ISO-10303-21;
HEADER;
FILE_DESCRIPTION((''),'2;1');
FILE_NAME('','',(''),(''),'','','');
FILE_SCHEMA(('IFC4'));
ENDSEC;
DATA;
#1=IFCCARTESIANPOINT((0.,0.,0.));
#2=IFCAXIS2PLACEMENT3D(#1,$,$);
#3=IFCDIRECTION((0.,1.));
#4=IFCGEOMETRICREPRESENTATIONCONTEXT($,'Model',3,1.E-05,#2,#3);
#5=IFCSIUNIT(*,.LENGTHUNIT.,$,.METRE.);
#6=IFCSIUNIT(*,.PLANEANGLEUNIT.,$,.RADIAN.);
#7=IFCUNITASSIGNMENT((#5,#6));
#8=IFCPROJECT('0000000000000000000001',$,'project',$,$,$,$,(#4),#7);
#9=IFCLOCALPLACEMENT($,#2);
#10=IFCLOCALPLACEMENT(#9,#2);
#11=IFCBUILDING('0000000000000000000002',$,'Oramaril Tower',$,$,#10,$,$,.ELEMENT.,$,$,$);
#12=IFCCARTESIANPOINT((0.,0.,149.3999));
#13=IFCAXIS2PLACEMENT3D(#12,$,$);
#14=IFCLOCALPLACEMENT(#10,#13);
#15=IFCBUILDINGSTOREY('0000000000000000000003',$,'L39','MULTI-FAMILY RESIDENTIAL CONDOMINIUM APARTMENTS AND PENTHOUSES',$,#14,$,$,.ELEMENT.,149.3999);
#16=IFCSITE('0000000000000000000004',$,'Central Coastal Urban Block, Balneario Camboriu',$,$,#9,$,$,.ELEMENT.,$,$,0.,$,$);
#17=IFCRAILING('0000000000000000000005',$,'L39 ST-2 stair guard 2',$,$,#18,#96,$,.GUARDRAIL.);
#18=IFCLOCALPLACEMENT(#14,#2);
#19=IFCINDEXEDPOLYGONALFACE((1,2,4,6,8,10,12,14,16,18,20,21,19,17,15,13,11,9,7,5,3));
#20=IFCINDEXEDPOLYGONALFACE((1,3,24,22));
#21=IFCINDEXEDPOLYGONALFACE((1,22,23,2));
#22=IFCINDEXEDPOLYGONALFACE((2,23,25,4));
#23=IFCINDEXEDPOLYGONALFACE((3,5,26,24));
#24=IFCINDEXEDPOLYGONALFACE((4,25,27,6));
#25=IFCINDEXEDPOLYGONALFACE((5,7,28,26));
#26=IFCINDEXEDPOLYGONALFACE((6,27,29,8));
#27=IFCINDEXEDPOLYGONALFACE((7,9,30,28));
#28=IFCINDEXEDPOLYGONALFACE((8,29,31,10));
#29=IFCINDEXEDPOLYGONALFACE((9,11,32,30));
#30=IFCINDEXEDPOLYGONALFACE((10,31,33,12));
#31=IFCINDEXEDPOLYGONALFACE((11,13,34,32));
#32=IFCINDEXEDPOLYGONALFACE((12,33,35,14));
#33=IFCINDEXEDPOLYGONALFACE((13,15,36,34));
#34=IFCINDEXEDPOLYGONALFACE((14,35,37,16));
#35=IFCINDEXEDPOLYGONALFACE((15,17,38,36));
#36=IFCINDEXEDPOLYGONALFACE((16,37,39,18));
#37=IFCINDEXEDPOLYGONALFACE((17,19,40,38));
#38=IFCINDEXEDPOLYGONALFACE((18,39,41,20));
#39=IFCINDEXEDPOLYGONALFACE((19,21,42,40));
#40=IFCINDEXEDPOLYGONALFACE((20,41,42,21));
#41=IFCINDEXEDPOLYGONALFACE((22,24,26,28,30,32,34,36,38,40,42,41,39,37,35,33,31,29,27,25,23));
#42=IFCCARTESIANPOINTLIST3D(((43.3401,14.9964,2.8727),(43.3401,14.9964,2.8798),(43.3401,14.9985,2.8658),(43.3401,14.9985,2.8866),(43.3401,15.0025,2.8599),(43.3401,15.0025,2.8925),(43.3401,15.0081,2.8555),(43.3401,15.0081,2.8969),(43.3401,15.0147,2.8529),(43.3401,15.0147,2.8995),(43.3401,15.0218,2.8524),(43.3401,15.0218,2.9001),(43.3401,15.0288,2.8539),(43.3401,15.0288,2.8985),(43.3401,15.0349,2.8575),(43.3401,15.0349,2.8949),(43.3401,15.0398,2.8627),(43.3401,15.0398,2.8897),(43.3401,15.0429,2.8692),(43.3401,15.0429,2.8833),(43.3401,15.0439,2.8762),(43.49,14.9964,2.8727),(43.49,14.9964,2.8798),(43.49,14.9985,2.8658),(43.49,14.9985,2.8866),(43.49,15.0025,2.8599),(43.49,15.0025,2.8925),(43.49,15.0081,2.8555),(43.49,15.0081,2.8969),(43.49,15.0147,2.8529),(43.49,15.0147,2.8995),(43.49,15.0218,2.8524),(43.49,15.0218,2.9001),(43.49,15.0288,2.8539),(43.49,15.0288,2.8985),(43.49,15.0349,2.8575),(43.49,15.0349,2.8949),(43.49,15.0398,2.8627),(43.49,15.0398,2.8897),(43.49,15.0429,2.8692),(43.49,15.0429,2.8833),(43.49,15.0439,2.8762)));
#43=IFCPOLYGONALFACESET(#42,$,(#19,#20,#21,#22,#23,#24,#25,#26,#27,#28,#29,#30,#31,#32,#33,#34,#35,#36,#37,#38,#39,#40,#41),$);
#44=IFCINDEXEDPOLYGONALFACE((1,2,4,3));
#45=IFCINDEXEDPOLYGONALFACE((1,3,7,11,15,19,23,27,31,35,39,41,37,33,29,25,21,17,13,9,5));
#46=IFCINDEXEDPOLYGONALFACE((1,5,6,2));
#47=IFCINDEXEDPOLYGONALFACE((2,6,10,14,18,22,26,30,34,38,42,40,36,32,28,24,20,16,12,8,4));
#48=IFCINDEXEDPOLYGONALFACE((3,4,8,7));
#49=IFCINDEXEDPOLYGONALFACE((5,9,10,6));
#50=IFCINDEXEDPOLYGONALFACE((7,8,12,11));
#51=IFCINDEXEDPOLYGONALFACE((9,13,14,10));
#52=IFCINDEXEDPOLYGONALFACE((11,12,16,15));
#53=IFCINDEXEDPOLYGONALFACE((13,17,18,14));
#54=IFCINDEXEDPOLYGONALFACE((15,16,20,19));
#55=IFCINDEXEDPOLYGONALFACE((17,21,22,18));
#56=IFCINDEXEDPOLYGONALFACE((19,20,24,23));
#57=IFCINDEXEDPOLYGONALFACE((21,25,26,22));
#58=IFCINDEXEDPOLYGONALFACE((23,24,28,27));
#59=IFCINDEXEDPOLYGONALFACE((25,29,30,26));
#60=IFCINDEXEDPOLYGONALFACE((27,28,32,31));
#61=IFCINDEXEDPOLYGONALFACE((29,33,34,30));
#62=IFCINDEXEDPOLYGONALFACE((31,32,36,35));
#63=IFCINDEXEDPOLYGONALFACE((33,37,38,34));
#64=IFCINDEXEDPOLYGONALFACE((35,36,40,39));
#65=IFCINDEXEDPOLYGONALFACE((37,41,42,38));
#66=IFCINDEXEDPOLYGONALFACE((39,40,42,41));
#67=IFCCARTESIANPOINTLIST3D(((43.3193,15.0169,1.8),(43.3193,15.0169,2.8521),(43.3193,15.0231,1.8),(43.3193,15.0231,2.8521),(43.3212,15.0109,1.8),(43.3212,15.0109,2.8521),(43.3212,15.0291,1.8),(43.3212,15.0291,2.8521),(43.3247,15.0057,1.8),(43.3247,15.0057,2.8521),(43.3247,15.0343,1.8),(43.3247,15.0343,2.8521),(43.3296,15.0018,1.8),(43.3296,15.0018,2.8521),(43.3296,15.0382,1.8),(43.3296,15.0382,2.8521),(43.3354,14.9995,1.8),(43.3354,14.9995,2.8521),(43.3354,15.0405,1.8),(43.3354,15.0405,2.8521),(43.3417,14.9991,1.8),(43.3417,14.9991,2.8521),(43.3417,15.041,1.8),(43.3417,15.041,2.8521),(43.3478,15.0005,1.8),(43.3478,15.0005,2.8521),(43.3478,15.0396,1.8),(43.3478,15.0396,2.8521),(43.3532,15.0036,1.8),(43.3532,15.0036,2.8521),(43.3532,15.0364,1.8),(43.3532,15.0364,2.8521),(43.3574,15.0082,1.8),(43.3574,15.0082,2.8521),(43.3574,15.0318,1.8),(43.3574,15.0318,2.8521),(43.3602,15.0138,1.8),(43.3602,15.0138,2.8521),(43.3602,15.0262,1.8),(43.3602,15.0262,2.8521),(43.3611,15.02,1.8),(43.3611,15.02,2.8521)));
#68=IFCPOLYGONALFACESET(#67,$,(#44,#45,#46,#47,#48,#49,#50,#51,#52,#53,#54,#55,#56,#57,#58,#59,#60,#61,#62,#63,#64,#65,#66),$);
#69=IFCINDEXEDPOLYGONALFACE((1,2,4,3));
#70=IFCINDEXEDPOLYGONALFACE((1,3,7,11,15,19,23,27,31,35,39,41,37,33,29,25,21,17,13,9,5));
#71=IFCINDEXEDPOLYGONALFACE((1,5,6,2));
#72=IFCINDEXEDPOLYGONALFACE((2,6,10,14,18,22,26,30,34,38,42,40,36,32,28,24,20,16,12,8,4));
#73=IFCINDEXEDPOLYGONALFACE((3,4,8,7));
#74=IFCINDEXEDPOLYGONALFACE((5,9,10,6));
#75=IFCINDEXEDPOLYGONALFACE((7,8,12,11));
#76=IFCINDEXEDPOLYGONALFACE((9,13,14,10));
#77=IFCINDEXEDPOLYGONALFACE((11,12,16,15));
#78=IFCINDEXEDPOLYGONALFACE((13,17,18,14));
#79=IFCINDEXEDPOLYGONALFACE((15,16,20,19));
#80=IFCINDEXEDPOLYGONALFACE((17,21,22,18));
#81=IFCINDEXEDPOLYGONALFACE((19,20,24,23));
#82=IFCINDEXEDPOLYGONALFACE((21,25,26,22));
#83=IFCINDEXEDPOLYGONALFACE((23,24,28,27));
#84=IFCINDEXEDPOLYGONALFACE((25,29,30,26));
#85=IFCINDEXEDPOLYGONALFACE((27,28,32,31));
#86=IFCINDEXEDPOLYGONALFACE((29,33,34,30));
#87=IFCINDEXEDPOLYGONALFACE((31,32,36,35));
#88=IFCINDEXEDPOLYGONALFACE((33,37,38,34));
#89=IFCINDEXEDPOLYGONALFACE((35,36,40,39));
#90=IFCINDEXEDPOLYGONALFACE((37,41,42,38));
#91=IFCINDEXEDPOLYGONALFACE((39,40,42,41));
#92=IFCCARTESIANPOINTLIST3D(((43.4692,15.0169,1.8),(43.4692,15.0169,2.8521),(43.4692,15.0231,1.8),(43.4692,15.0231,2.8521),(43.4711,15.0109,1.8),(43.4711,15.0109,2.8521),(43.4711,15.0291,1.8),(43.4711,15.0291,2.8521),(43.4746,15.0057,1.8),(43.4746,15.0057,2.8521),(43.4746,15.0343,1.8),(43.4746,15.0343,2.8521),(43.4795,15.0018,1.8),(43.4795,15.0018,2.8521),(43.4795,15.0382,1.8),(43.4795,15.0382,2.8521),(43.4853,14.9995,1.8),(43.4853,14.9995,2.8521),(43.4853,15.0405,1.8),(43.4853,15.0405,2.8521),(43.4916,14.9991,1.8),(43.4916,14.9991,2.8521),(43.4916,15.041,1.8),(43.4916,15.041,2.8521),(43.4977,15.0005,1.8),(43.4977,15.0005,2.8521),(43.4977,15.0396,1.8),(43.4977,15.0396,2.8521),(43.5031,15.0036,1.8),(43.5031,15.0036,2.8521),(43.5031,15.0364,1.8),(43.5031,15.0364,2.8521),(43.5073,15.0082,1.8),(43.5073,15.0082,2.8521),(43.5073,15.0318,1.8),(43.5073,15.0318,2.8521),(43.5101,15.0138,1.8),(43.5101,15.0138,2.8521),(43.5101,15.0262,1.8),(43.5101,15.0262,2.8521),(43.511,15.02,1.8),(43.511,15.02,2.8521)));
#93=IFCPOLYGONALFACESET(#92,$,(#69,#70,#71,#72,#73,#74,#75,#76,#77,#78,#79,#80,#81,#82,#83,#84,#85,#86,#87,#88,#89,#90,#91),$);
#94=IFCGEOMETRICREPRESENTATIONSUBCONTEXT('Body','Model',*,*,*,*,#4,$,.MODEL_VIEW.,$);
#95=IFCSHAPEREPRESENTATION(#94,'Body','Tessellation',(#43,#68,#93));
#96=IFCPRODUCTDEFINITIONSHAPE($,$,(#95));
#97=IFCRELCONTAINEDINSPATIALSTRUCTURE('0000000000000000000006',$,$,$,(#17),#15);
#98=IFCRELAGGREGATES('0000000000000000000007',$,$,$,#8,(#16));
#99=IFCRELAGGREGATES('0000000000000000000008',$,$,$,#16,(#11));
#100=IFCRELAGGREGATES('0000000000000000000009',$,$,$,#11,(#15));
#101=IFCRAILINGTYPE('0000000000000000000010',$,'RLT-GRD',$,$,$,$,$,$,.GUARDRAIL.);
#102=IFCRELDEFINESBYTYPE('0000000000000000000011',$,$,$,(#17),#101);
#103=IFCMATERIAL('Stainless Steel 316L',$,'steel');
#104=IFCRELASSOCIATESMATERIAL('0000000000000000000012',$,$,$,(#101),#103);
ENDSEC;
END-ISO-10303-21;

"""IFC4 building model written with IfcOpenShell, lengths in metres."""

from ifc_helpers import new_model, si_unit, direction, frame, origin, origin_2d, place, context, subcontext, project, spatial, circle, extrude, material, type_object, element, save


model = new_model("IFC4")

# Units and contexts
model_context = context("Model", 3, precision=1e-05, world=origin(), true_north=direction((0.0, 1.0)))
body_context = subcontext(model_context, "Body", "Model", "MODEL_VIEW")
ifc_project = project(units=[si_unit("LENGTHUNIT", "METRE"), si_unit("PLANEANGLEUNIT", "RADIAN")], contexts=[model_context])

# Site, building, storey
site_placement = place(None, origin())
site = spatial("IfcSite", under=ifc_project, at=site_placement, Name="Central Coastal Urban Block, Balneario Camboriu", CompositionType="ELEMENT", RefElevation=0.0)
building_placement = place(site_placement, origin())
building = spatial("IfcBuilding", under=site, at=building_placement, Name="Oramaril Tower", CompositionType="ELEMENT")
storey_placement = place(building_placement, frame((0.0, 0.0, 149.3999)))
storey = spatial("IfcBuildingStorey", under=building, at=storey_placement, Name="L39", Description="MULTI-FAMILY RESIDENTIAL CONDOMINIUM APARTMENTS AND PENTHOUSES", CompositionType="ELEMENT", Elevation=149.3999)

# Railing
ifc_material_1 = material(Name="Stainless Steel 316L", Category="steel")
railing_type_1 = type_object("IfcRailingType", Name="RLT-GRD", PredefinedType="GUARDRAIL", material=ifc_material_1)
railing_1_placement = place(storey_placement, frame((43.3401, 15.02, 1.8)))
element("IfcRailing", 1, at=railing_1_placement, inside=storey, type_object=railing_type_1, Name="L39 ST-2 stair guard 2", PredefinedType="GUARDRAIL", context=body_context, shape_type="SweptSolid", body=[
    extrude(circle(Radius=0.0239, at=origin_2d()), frame((0.0, 0.0, 1.0762), z_axis=(1.0, 0.0, 0.0), x_axis=(0.0, 1.0, 0.0)), (0.0, 0.0, 1.0), 0.1499),
    extrude(circle(Radius=0.021, at=origin_2d()), origin(), (0.0, 0.0, 1.0), 1.052),
    extrude(circle(Radius=0.021, at=origin_2d()), frame((0.1499, 0.0, 0.0)), (0.0, 0.0, 1.0), 1.052),
])

save(model, "model.ifc")
